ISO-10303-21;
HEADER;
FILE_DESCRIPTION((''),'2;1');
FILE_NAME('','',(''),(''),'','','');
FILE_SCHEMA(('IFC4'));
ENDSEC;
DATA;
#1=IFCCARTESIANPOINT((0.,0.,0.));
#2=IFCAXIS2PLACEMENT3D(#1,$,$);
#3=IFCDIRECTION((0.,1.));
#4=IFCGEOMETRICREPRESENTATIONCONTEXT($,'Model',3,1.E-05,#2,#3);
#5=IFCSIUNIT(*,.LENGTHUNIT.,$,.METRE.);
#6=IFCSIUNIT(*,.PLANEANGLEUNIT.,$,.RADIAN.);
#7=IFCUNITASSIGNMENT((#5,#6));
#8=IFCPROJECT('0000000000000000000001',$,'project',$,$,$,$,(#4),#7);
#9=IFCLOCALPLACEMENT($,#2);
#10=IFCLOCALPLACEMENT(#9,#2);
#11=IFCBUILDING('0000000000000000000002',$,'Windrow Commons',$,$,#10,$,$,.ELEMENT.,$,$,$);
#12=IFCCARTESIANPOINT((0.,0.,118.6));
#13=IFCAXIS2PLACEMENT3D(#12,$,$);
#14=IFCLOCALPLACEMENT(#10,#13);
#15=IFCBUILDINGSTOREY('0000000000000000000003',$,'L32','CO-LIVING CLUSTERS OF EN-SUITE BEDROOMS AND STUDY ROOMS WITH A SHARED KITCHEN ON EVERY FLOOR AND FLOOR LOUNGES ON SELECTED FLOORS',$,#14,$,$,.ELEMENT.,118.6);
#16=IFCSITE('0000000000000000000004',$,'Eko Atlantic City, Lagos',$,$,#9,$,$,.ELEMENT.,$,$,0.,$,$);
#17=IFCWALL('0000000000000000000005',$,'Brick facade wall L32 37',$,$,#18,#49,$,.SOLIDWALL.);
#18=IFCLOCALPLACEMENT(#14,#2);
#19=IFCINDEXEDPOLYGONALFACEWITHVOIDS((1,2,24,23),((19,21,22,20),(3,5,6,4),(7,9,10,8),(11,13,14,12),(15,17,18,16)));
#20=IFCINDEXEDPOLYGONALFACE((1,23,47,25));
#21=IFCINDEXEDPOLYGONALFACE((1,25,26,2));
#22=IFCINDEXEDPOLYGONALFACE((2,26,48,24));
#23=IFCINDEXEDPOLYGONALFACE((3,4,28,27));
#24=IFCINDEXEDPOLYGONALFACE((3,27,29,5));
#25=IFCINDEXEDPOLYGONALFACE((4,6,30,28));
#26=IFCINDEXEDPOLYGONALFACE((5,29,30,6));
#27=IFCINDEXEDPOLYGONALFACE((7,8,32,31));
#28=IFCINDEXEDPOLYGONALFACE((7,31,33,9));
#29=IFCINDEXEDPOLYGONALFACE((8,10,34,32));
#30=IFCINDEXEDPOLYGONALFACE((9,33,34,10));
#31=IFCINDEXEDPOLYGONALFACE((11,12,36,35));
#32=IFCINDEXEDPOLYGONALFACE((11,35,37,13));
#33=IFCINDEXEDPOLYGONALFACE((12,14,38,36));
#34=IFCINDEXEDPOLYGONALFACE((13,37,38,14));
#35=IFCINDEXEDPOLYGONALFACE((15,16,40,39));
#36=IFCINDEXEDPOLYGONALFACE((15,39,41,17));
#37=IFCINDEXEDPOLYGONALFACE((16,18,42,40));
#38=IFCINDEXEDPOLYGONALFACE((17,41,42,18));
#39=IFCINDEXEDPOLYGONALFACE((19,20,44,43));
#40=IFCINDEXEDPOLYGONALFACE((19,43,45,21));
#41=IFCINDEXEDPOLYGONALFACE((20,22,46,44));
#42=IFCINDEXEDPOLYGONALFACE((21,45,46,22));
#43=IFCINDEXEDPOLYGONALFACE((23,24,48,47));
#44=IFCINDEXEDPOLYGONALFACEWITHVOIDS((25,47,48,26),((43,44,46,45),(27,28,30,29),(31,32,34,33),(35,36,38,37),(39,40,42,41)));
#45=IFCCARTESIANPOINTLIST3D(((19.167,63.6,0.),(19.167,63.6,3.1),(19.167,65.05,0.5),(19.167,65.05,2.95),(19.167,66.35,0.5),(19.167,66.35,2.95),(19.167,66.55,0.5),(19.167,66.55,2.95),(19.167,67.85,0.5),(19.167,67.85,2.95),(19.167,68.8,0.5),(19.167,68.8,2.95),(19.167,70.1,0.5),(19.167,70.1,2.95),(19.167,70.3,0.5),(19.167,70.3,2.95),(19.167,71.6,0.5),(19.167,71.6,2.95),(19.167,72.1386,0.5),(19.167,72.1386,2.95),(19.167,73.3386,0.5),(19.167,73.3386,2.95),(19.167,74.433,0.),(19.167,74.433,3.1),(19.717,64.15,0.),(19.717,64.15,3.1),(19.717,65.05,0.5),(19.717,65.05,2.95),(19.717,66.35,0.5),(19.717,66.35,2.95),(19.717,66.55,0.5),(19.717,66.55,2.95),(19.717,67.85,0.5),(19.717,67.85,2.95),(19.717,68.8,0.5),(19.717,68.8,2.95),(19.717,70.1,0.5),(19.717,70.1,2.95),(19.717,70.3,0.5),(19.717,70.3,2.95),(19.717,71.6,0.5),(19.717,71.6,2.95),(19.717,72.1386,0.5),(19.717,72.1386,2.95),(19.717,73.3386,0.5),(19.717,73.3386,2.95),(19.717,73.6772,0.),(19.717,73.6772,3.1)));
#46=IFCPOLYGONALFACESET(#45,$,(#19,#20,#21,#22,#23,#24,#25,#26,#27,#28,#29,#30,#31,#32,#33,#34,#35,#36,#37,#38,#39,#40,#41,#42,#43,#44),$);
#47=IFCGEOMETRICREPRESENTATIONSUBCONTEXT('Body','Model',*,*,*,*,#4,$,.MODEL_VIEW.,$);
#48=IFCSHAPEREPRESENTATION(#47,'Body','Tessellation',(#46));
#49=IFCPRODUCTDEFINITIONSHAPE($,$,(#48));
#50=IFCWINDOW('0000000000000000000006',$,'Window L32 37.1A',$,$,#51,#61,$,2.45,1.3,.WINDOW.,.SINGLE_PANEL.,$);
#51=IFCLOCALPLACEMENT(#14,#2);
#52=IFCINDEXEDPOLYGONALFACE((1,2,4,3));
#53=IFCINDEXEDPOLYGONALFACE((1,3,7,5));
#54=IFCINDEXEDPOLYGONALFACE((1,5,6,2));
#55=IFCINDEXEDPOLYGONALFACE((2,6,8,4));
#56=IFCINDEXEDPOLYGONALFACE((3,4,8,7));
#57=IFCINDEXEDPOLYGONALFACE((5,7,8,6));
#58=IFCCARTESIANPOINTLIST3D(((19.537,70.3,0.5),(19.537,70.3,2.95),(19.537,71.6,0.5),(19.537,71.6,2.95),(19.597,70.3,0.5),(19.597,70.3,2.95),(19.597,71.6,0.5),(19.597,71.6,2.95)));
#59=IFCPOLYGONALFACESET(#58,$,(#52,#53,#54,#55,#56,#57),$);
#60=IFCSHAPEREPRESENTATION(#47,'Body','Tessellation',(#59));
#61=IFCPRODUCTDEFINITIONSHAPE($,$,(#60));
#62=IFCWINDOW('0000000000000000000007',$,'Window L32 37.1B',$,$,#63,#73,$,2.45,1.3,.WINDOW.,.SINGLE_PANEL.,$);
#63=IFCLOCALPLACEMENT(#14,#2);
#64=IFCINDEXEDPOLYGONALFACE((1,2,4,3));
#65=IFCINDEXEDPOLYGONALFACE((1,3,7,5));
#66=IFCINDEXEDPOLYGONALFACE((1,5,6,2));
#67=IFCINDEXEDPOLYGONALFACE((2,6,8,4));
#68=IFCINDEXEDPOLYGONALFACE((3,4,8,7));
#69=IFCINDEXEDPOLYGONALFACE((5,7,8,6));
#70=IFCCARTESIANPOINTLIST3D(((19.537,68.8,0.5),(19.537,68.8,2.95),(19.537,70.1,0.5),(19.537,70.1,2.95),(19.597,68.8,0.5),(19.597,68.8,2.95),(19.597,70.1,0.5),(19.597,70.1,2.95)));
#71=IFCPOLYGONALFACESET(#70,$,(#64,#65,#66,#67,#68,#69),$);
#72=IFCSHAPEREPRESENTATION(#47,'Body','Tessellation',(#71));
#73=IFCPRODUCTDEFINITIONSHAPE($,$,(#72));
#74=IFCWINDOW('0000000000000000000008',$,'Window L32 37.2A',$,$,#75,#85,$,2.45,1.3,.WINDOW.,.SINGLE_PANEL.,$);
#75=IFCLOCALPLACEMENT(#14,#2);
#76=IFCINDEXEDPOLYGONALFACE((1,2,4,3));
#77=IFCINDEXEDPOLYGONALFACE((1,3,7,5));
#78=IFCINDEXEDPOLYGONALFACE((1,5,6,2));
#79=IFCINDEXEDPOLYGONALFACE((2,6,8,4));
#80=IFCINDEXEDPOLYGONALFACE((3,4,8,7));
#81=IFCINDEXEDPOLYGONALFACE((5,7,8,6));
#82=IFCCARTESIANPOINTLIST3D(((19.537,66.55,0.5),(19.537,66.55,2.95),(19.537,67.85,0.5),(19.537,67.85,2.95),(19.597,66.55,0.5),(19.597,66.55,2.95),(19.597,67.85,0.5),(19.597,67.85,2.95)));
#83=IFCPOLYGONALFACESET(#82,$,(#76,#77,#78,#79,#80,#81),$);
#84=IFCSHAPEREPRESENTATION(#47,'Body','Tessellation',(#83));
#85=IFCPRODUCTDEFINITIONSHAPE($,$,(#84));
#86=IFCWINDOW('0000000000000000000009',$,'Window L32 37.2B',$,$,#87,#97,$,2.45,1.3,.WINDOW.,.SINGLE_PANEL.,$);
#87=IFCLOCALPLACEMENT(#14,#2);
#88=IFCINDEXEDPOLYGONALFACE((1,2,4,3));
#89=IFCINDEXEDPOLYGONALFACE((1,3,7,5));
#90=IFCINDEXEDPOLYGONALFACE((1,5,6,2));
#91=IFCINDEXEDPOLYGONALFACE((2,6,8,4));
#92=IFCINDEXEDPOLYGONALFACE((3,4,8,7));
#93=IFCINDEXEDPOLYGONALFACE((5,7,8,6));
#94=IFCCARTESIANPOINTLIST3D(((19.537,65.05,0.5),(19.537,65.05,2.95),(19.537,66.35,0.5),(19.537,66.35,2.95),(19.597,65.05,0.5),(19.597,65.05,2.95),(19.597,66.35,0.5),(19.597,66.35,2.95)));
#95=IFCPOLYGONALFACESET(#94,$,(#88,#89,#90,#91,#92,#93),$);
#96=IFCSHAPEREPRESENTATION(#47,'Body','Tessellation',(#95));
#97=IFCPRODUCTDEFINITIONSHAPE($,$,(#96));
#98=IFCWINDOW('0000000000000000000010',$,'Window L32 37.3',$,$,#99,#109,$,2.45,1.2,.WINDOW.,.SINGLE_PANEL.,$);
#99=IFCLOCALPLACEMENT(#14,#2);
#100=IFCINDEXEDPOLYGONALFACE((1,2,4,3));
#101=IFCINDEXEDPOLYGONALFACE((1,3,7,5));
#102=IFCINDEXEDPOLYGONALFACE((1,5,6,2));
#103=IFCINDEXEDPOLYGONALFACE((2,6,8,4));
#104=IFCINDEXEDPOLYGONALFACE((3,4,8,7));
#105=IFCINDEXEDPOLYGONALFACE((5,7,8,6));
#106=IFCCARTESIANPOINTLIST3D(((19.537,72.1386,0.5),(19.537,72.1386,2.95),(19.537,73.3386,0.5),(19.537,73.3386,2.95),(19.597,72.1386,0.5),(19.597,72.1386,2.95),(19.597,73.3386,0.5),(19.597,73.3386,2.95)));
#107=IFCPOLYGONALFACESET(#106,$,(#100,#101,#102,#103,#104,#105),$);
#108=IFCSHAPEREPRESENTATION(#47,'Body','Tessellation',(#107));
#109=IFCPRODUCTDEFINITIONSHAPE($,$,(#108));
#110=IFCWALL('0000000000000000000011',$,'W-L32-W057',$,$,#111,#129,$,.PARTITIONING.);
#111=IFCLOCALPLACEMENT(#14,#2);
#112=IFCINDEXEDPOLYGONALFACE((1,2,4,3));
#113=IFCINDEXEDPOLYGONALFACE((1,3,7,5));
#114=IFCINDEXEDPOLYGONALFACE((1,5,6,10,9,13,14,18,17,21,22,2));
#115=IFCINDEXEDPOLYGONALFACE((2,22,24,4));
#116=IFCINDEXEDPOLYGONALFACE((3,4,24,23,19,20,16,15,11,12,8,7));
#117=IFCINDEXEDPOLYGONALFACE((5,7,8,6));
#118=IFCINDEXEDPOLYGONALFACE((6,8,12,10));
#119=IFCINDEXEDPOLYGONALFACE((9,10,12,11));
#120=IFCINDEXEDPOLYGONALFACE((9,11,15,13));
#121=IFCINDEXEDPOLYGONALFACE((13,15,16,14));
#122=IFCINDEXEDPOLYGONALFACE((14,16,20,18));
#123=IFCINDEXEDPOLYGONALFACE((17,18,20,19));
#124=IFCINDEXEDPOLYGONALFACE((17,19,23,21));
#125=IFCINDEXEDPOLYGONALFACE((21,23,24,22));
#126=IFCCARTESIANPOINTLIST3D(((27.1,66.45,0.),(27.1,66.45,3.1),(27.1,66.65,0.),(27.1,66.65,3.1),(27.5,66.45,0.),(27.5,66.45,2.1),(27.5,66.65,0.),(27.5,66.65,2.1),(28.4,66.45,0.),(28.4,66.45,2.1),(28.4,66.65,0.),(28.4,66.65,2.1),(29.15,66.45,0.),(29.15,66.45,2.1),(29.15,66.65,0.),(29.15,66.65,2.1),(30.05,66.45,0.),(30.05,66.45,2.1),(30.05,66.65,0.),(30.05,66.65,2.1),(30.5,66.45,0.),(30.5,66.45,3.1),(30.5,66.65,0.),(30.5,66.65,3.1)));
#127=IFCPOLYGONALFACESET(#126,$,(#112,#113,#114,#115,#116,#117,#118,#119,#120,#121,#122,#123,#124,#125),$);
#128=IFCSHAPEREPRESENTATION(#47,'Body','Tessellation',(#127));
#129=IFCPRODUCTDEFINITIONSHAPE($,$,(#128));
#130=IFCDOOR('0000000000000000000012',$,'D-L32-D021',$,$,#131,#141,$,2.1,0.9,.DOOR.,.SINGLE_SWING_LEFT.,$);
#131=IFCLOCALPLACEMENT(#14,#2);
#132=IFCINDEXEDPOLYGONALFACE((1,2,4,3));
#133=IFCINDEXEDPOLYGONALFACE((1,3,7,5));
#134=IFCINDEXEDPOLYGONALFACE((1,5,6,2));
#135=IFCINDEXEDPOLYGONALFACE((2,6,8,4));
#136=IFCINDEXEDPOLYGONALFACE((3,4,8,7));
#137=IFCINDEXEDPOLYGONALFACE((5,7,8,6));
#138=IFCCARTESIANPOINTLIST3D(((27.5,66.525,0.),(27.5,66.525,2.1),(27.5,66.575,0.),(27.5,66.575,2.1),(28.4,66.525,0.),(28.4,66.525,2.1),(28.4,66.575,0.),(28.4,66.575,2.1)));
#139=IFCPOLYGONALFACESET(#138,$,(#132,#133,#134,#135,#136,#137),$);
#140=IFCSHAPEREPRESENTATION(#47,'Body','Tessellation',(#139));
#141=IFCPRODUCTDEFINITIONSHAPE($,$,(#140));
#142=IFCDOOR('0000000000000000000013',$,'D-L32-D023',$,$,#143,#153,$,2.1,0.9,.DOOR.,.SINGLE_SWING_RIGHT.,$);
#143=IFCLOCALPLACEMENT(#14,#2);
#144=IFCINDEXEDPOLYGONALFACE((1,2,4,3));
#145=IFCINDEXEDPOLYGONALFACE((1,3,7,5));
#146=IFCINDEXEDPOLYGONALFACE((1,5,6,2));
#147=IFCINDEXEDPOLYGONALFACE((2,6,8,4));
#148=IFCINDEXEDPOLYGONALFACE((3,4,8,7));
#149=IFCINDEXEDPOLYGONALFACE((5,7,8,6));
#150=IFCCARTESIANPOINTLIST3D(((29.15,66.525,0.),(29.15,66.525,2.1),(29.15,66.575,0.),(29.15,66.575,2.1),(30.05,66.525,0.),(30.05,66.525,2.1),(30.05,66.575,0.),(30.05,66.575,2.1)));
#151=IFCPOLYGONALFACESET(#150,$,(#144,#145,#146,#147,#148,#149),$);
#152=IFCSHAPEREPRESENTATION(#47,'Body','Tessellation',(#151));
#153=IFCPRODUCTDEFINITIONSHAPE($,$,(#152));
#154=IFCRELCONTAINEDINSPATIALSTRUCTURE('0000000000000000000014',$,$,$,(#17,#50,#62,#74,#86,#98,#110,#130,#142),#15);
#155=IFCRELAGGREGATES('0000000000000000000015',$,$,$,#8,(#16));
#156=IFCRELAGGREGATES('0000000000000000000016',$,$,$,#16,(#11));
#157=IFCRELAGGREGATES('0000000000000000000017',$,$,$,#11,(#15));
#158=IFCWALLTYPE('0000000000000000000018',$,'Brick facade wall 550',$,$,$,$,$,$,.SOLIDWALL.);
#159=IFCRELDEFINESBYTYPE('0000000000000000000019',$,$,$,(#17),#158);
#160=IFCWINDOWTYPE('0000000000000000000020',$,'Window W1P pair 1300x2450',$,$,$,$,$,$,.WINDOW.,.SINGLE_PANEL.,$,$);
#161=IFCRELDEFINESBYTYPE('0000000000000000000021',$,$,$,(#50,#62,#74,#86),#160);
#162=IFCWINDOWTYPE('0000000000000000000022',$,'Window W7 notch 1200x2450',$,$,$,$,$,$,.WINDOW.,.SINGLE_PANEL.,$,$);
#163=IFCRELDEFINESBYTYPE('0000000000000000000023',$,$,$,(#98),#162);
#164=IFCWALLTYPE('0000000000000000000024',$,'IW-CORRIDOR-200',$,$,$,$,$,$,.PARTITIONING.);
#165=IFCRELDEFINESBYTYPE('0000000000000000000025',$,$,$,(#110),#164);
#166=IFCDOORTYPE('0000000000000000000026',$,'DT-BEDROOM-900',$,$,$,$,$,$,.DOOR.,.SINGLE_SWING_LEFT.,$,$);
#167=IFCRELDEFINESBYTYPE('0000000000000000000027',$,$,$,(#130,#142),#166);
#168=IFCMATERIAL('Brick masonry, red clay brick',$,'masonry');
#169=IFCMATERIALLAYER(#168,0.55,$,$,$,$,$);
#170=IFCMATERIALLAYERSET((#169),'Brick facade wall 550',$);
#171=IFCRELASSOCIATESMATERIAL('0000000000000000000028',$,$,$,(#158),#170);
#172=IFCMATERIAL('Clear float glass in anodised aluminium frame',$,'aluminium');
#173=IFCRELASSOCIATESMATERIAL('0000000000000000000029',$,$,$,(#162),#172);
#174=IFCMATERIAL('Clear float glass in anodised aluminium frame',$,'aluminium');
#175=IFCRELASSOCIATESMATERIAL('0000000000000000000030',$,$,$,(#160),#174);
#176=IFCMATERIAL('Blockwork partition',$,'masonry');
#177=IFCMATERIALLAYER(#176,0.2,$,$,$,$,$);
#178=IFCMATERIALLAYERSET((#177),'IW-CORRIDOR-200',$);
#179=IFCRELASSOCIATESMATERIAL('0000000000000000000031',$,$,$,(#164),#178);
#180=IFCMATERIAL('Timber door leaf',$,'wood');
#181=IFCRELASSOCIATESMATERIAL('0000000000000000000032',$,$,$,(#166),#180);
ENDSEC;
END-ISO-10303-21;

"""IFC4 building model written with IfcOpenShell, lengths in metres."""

from ifc_helpers import new_model, si_unit, direction, frame, frame_2d, origin, place, context, subcontext, project, spatial, polyline, rectangle, outline, extrude, material, layer, layer_set, type_object, element, fill, save


model = new_model("IFC4")

# Units and contexts
model_context = context("Model", 3, precision=1e-05, world=origin(), true_north=direction((0.0, 1.0)))
body_context = subcontext(model_context, "Body", "Model", "MODEL_VIEW")
ifc_project = project(units=[si_unit("LENGTHUNIT", "METRE"), si_unit("PLANEANGLEUNIT", "RADIAN")], contexts=[model_context])

# Site, building, storey
site_placement = place(None, origin())
site = spatial("IfcSite", under=ifc_project, at=site_placement, Name="Eko Atlantic City, Lagos", CompositionType="ELEMENT", RefElevation=0.0)
building_placement = place(site_placement, origin())
building = spatial("IfcBuilding", under=site, at=building_placement, Name="Windrow Commons", CompositionType="ELEMENT")
storey_placement = place(building_placement, frame((0.0, 0.0, 118.6)))
storey = spatial("IfcBuildingStorey", under=building, at=storey_placement, Name="L32", Description="CO-LIVING CLUSTERS OF EN-SUITE BEDROOMS AND STUDY ROOMS WITH A SHARED KITCHEN ON EVERY FLOOR AND FLOOR LOUNGES ON SELECTED FLOORS", CompositionType="ELEMENT", Elevation=118.6)

# Shared definitions
ifc_material_1 = material(Name="Brick masonry, red clay brick", Category="masonry")
ifc_layer_1 = layer(ifc_material_1, 0.55)
ifc_layer_set_1 = layer_set([ifc_layer_1], Name="Brick facade wall 550")
wall_type_1 = type_object("IfcWallType", Name="Brick facade wall 550", PredefinedType="SOLIDWALL", material=ifc_layer_set_1)
ifc_material_2 = material(Name="Clear float glass in anodised aluminium frame", Category="aluminium")
window_type_1 = type_object("IfcWindowType", Name="Window W7 notch 1200x2450", PartitioningType="SINGLE_PANEL", PredefinedType="WINDOW", material=ifc_material_2)

# Wall, openings, windows
wall_1_placement = place(storey_placement, frame((19.442, 74.0551, 0.0), z_axis=(0.0, 0.0, 1.0), x_axis=(0.0, -1.0, 0.0)))
wall_1 = element("IfcWall", 1, at=wall_1_placement, inside=storey, type_object=wall_type_1, Name="Brick facade wall L32 37", PredefinedType="SOLIDWALL", context=body_context, shape_type="SweptSolid", body=[
    extrude(outline(polyline([(-0.3779, -0.275), (10.4551, -0.275), (9.9051, 0.275), (0.3779, 0.275), (-0.3779, -0.275)])), origin(), (0.0, 0.0, 1.0), 3.1),
])
opening_1_placement = place(wall_1_placement, frame((2.4551, 0.0, 0.5)))
opening_1 = element("IfcOpeningElement", 2, at=opening_1_placement, cuts=wall_1, PredefinedType="OPENING", context=body_context, shape_type="SweptSolid", body=[
    extrude(rectangle(XDim=1.3, YDim=2.45, at=frame_2d((0.65, 1.225))), frame((0.0, 0.285, 0.0), z_axis=(0.0, -1.0, 0.0), x_axis=(1.0, 0.0, 0.0)), (0.0, 0.0, 1.0), 0.57),
])
opening_2_placement = place(wall_1_placement, frame((3.9551, 0.0, 0.5)))
opening_2 = element("IfcOpeningElement", 3, at=opening_2_placement, cuts=wall_1, PredefinedType="OPENING", context=body_context, shape_type="SweptSolid", body=[
    extrude(rectangle(XDim=1.3, YDim=2.45, at=frame_2d((0.65, 1.225))), frame((0.0, 0.285, 0.0), z_axis=(0.0, -1.0, 0.0), x_axis=(1.0, 0.0, 0.0)), (0.0, 0.0, 1.0), 0.57),
])
opening_3_placement = place(wall_1_placement, frame((6.2051, 0.0, 0.5)))
opening_3 = element("IfcOpeningElement", 4, at=opening_3_placement, cuts=wall_1, PredefinedType="OPENING", context=body_context, shape_type="SweptSolid", body=[
    extrude(rectangle(XDim=1.3, YDim=2.45, at=frame_2d((0.65, 1.225))), frame((0.0, 0.285, 0.0), z_axis=(0.0, -1.0, 0.0), x_axis=(1.0, 0.0, 0.0)), (0.0, 0.0, 1.0), 0.57),
])
opening_4_placement = place(wall_1_placement, frame((7.7051, 0.0, 0.5)))
opening_4 = element("IfcOpeningElement", 5, at=opening_4_placement, cuts=wall_1, PredefinedType="OPENING", context=body_context, shape_type="SweptSolid", body=[
    extrude(rectangle(XDim=1.3, YDim=2.45, at=frame_2d((0.65, 1.225))), frame((0.0, 0.285, 0.0), z_axis=(0.0, -1.0, 0.0), x_axis=(1.0, 0.0, 0.0)), (0.0, 0.0, 1.0), 0.57),
])
opening_5_placement = place(wall_1_placement, frame((0.7165, 0.0, 0.5)))
opening_5 = element("IfcOpeningElement", 6, at=opening_5_placement, cuts=wall_1, PredefinedType="OPENING", context=body_context, shape_type="SweptSolid", body=[
    extrude(rectangle(XDim=1.2, YDim=2.45, at=frame_2d((0.6, 1.225))), frame((0.0, 0.285, 0.0), z_axis=(0.0, -1.0, 0.0), x_axis=(1.0, 0.0, 0.0)), (0.0, 0.0, 1.0), 0.57),
])
ifc_material_3 = material(Name="Clear float glass in anodised aluminium frame", Category="aluminium")
window_type_2 = type_object("IfcWindowType", Name="Window W1P pair 1300x2450", PartitioningType="SINGLE_PANEL", PredefinedType="WINDOW", material=ifc_material_3)
window_1_placement = place(opening_1_placement, origin())
window_1 = element("IfcWindow", 7, at=window_1_placement, inside=storey, type_object=window_type_2, Name="Window L32 37.1A", OverallHeight=2.45, OverallWidth=1.3, PartitioningType="SINGLE_PANEL", PredefinedType="WINDOW", context=body_context, shape_type="SweptSolid", body=[
    extrude(rectangle(XDim=1.3, YDim=2.45, at=frame_2d((0.65, 1.225))), frame((0.0, 0.155, 0.0), z_axis=(0.0, -1.0, 0.0), x_axis=(1.0, 0.0, 0.0)), (0.0, 0.0, 1.0), 0.06),
])
fill(opening_1, window_1)
window_2_placement = place(opening_2_placement, origin())
window_2 = element("IfcWindow", 8, at=window_2_placement, inside=storey, type_object=window_type_2, Name="Window L32 37.1B", OverallHeight=2.45, OverallWidth=1.3, PartitioningType="SINGLE_PANEL", PredefinedType="WINDOW", context=body_context, shape_type="SweptSolid", body=[
    extrude(rectangle(XDim=1.3, YDim=2.45, at=frame_2d((0.65, 1.225))), frame((0.0, 0.155, 0.0), z_axis=(0.0, -1.0, 0.0), x_axis=(1.0, 0.0, 0.0)), (0.0, 0.0, 1.0), 0.06),
])
fill(opening_2, window_2)
window_3_placement = place(opening_3_placement, origin())
window_3 = element("IfcWindow", 9, at=window_3_placement, inside=storey, type_object=window_type_2, Name="Window L32 37.2A", OverallHeight=2.45, OverallWidth=1.3, PartitioningType="SINGLE_PANEL", PredefinedType="WINDOW", context=body_context, shape_type="SweptSolid", body=[
    extrude(rectangle(XDim=1.3, YDim=2.45, at=frame_2d((0.65, 1.225))), frame((0.0, 0.155, 0.0), z_axis=(0.0, -1.0, 0.0), x_axis=(1.0, 0.0, 0.0)), (0.0, 0.0, 1.0), 0.06),
])
fill(opening_3, window_3)
window_4_placement = place(opening_4_placement, origin())
window_4 = element("IfcWindow", 10, at=window_4_placement, inside=storey, type_object=window_type_2, Name="Window L32 37.2B", OverallHeight=2.45, OverallWidth=1.3, PartitioningType="SINGLE_PANEL", PredefinedType="WINDOW", context=body_context, shape_type="SweptSolid", body=[
    extrude(rectangle(XDim=1.3, YDim=2.45, at=frame_2d((0.65, 1.225))), frame((0.0, 0.155, 0.0), z_axis=(0.0, -1.0, 0.0), x_axis=(1.0, 0.0, 0.0)), (0.0, 0.0, 1.0), 0.06),
])
fill(opening_4, window_4)
window_5_placement = place(opening_5_placement, origin())
window_5 = element("IfcWindow", 11, at=window_5_placement, inside=storey, type_object=window_type_1, Name="Window L32 37.3", OverallHeight=2.45, OverallWidth=1.2, PartitioningType="SINGLE_PANEL", PredefinedType="WINDOW", context=body_context, shape_type="SweptSolid", body=[
    extrude(rectangle(XDim=1.2, YDim=2.45, at=frame_2d((0.6, 1.225))), frame((0.0, 0.155, 0.0), z_axis=(0.0, -1.0, 0.0), x_axis=(1.0, 0.0, 0.0)), (0.0, 0.0, 1.0), 0.06),
])
fill(opening_5, window_5)

# Wall, openings, doors
ifc_material_4 = material(Name="Blockwork partition", Category="masonry")
ifc_layer_2 = layer(ifc_material_4, 0.2)
ifc_layer_set_2 = layer_set([ifc_layer_2], Name="IW-CORRIDOR-200")
wall_type_2 = type_object("IfcWallType", Name="IW-CORRIDOR-200", PredefinedType="PARTITIONING", material=ifc_layer_set_2)
wall_2_placement = place(storey_placement, frame((27.1, 66.55, 0.0), z_axis=(0.0, 0.0, 1.0), x_axis=(1.0, 0.0, 0.0)))
wall_2 = element("IfcWall", 12, at=wall_2_placement, inside=storey, type_object=wall_type_2, Name="W-L32-W057", PredefinedType="PARTITIONING", context=body_context, shape_type="SweptSolid", body=[
    extrude(rectangle(XDim=3.4, YDim=0.2, at=frame_2d((1.7, 0.0))), origin(), (0.0, 0.0, 1.0), 3.1),
])
opening_6_placement = place(wall_2_placement, frame((0.4, 0.0, 0.0)))
opening_6 = element("IfcOpeningElement", 13, at=opening_6_placement, cuts=wall_2, PredefinedType="OPENING", context=body_context, shape_type="SweptSolid", body=[
    extrude(rectangle(XDim=0.9, YDim=2.1, at=frame_2d((0.45, 1.05))), frame((0.0, 0.11, 0.0), z_axis=(0.0, -1.0, 0.0), x_axis=(1.0, 0.0, 0.0)), (0.0, 0.0, 1.0), 0.22),
])
opening_7_placement = place(wall_2_placement, frame((2.05, 0.0, 0.0)))
opening_7 = element("IfcOpeningElement", 14, at=opening_7_placement, cuts=wall_2, PredefinedType="OPENING", context=body_context, shape_type="SweptSolid", body=[
    extrude(rectangle(XDim=0.9, YDim=2.1, at=frame_2d((0.45, 1.05))), frame((0.0, 0.11, 0.0), z_axis=(0.0, -1.0, 0.0), x_axis=(1.0, 0.0, 0.0)), (0.0, 0.0, 1.0), 0.22),
])
ifc_material_5 = material(Name="Timber door leaf", Category="wood")
door_type_1 = type_object("IfcDoorType", Name="DT-BEDROOM-900", OperationType="SINGLE_SWING_LEFT", PredefinedType="DOOR", material=ifc_material_5)
door_1_placement = place(opening_6_placement, origin())
door_1 = element("IfcDoor", 15, at=door_1_placement, inside=storey, type_object=door_type_1, Name="D-L32-D021", OperationType="SINGLE_SWING_LEFT", OverallHeight=2.1, OverallWidth=0.9, PredefinedType="DOOR", context=body_context, shape_type="SweptSolid", body=[
    extrude(rectangle(XDim=0.9, YDim=2.1, at=frame_2d((0.45, 1.05))), frame((0.0, 0.025, 0.0), z_axis=(0.0, -1.0, 0.0), x_axis=(1.0, 0.0, 0.0)), (0.0, 0.0, 1.0), 0.05),
])
fill(opening_6, door_1)
door_2_placement = place(opening_7_placement, origin())
door_2 = element("IfcDoor", 16, at=door_2_placement, inside=storey, type_object=door_type_1, Name="D-L32-D023", OperationType="SINGLE_SWING_RIGHT", OverallHeight=2.1, OverallWidth=0.9, PredefinedType="DOOR", context=body_context, shape_type="SweptSolid", body=[
    extrude(rectangle(XDim=0.9, YDim=2.1, at=frame_2d((0.45, 1.05))), frame((0.0, 0.025, 0.0), z_axis=(0.0, -1.0, 0.0), x_axis=(1.0, 0.0, 0.0)), (0.0, 0.0, 1.0), 0.05),
])
fill(opening_7, door_2)

save(model, "model.ifc")
